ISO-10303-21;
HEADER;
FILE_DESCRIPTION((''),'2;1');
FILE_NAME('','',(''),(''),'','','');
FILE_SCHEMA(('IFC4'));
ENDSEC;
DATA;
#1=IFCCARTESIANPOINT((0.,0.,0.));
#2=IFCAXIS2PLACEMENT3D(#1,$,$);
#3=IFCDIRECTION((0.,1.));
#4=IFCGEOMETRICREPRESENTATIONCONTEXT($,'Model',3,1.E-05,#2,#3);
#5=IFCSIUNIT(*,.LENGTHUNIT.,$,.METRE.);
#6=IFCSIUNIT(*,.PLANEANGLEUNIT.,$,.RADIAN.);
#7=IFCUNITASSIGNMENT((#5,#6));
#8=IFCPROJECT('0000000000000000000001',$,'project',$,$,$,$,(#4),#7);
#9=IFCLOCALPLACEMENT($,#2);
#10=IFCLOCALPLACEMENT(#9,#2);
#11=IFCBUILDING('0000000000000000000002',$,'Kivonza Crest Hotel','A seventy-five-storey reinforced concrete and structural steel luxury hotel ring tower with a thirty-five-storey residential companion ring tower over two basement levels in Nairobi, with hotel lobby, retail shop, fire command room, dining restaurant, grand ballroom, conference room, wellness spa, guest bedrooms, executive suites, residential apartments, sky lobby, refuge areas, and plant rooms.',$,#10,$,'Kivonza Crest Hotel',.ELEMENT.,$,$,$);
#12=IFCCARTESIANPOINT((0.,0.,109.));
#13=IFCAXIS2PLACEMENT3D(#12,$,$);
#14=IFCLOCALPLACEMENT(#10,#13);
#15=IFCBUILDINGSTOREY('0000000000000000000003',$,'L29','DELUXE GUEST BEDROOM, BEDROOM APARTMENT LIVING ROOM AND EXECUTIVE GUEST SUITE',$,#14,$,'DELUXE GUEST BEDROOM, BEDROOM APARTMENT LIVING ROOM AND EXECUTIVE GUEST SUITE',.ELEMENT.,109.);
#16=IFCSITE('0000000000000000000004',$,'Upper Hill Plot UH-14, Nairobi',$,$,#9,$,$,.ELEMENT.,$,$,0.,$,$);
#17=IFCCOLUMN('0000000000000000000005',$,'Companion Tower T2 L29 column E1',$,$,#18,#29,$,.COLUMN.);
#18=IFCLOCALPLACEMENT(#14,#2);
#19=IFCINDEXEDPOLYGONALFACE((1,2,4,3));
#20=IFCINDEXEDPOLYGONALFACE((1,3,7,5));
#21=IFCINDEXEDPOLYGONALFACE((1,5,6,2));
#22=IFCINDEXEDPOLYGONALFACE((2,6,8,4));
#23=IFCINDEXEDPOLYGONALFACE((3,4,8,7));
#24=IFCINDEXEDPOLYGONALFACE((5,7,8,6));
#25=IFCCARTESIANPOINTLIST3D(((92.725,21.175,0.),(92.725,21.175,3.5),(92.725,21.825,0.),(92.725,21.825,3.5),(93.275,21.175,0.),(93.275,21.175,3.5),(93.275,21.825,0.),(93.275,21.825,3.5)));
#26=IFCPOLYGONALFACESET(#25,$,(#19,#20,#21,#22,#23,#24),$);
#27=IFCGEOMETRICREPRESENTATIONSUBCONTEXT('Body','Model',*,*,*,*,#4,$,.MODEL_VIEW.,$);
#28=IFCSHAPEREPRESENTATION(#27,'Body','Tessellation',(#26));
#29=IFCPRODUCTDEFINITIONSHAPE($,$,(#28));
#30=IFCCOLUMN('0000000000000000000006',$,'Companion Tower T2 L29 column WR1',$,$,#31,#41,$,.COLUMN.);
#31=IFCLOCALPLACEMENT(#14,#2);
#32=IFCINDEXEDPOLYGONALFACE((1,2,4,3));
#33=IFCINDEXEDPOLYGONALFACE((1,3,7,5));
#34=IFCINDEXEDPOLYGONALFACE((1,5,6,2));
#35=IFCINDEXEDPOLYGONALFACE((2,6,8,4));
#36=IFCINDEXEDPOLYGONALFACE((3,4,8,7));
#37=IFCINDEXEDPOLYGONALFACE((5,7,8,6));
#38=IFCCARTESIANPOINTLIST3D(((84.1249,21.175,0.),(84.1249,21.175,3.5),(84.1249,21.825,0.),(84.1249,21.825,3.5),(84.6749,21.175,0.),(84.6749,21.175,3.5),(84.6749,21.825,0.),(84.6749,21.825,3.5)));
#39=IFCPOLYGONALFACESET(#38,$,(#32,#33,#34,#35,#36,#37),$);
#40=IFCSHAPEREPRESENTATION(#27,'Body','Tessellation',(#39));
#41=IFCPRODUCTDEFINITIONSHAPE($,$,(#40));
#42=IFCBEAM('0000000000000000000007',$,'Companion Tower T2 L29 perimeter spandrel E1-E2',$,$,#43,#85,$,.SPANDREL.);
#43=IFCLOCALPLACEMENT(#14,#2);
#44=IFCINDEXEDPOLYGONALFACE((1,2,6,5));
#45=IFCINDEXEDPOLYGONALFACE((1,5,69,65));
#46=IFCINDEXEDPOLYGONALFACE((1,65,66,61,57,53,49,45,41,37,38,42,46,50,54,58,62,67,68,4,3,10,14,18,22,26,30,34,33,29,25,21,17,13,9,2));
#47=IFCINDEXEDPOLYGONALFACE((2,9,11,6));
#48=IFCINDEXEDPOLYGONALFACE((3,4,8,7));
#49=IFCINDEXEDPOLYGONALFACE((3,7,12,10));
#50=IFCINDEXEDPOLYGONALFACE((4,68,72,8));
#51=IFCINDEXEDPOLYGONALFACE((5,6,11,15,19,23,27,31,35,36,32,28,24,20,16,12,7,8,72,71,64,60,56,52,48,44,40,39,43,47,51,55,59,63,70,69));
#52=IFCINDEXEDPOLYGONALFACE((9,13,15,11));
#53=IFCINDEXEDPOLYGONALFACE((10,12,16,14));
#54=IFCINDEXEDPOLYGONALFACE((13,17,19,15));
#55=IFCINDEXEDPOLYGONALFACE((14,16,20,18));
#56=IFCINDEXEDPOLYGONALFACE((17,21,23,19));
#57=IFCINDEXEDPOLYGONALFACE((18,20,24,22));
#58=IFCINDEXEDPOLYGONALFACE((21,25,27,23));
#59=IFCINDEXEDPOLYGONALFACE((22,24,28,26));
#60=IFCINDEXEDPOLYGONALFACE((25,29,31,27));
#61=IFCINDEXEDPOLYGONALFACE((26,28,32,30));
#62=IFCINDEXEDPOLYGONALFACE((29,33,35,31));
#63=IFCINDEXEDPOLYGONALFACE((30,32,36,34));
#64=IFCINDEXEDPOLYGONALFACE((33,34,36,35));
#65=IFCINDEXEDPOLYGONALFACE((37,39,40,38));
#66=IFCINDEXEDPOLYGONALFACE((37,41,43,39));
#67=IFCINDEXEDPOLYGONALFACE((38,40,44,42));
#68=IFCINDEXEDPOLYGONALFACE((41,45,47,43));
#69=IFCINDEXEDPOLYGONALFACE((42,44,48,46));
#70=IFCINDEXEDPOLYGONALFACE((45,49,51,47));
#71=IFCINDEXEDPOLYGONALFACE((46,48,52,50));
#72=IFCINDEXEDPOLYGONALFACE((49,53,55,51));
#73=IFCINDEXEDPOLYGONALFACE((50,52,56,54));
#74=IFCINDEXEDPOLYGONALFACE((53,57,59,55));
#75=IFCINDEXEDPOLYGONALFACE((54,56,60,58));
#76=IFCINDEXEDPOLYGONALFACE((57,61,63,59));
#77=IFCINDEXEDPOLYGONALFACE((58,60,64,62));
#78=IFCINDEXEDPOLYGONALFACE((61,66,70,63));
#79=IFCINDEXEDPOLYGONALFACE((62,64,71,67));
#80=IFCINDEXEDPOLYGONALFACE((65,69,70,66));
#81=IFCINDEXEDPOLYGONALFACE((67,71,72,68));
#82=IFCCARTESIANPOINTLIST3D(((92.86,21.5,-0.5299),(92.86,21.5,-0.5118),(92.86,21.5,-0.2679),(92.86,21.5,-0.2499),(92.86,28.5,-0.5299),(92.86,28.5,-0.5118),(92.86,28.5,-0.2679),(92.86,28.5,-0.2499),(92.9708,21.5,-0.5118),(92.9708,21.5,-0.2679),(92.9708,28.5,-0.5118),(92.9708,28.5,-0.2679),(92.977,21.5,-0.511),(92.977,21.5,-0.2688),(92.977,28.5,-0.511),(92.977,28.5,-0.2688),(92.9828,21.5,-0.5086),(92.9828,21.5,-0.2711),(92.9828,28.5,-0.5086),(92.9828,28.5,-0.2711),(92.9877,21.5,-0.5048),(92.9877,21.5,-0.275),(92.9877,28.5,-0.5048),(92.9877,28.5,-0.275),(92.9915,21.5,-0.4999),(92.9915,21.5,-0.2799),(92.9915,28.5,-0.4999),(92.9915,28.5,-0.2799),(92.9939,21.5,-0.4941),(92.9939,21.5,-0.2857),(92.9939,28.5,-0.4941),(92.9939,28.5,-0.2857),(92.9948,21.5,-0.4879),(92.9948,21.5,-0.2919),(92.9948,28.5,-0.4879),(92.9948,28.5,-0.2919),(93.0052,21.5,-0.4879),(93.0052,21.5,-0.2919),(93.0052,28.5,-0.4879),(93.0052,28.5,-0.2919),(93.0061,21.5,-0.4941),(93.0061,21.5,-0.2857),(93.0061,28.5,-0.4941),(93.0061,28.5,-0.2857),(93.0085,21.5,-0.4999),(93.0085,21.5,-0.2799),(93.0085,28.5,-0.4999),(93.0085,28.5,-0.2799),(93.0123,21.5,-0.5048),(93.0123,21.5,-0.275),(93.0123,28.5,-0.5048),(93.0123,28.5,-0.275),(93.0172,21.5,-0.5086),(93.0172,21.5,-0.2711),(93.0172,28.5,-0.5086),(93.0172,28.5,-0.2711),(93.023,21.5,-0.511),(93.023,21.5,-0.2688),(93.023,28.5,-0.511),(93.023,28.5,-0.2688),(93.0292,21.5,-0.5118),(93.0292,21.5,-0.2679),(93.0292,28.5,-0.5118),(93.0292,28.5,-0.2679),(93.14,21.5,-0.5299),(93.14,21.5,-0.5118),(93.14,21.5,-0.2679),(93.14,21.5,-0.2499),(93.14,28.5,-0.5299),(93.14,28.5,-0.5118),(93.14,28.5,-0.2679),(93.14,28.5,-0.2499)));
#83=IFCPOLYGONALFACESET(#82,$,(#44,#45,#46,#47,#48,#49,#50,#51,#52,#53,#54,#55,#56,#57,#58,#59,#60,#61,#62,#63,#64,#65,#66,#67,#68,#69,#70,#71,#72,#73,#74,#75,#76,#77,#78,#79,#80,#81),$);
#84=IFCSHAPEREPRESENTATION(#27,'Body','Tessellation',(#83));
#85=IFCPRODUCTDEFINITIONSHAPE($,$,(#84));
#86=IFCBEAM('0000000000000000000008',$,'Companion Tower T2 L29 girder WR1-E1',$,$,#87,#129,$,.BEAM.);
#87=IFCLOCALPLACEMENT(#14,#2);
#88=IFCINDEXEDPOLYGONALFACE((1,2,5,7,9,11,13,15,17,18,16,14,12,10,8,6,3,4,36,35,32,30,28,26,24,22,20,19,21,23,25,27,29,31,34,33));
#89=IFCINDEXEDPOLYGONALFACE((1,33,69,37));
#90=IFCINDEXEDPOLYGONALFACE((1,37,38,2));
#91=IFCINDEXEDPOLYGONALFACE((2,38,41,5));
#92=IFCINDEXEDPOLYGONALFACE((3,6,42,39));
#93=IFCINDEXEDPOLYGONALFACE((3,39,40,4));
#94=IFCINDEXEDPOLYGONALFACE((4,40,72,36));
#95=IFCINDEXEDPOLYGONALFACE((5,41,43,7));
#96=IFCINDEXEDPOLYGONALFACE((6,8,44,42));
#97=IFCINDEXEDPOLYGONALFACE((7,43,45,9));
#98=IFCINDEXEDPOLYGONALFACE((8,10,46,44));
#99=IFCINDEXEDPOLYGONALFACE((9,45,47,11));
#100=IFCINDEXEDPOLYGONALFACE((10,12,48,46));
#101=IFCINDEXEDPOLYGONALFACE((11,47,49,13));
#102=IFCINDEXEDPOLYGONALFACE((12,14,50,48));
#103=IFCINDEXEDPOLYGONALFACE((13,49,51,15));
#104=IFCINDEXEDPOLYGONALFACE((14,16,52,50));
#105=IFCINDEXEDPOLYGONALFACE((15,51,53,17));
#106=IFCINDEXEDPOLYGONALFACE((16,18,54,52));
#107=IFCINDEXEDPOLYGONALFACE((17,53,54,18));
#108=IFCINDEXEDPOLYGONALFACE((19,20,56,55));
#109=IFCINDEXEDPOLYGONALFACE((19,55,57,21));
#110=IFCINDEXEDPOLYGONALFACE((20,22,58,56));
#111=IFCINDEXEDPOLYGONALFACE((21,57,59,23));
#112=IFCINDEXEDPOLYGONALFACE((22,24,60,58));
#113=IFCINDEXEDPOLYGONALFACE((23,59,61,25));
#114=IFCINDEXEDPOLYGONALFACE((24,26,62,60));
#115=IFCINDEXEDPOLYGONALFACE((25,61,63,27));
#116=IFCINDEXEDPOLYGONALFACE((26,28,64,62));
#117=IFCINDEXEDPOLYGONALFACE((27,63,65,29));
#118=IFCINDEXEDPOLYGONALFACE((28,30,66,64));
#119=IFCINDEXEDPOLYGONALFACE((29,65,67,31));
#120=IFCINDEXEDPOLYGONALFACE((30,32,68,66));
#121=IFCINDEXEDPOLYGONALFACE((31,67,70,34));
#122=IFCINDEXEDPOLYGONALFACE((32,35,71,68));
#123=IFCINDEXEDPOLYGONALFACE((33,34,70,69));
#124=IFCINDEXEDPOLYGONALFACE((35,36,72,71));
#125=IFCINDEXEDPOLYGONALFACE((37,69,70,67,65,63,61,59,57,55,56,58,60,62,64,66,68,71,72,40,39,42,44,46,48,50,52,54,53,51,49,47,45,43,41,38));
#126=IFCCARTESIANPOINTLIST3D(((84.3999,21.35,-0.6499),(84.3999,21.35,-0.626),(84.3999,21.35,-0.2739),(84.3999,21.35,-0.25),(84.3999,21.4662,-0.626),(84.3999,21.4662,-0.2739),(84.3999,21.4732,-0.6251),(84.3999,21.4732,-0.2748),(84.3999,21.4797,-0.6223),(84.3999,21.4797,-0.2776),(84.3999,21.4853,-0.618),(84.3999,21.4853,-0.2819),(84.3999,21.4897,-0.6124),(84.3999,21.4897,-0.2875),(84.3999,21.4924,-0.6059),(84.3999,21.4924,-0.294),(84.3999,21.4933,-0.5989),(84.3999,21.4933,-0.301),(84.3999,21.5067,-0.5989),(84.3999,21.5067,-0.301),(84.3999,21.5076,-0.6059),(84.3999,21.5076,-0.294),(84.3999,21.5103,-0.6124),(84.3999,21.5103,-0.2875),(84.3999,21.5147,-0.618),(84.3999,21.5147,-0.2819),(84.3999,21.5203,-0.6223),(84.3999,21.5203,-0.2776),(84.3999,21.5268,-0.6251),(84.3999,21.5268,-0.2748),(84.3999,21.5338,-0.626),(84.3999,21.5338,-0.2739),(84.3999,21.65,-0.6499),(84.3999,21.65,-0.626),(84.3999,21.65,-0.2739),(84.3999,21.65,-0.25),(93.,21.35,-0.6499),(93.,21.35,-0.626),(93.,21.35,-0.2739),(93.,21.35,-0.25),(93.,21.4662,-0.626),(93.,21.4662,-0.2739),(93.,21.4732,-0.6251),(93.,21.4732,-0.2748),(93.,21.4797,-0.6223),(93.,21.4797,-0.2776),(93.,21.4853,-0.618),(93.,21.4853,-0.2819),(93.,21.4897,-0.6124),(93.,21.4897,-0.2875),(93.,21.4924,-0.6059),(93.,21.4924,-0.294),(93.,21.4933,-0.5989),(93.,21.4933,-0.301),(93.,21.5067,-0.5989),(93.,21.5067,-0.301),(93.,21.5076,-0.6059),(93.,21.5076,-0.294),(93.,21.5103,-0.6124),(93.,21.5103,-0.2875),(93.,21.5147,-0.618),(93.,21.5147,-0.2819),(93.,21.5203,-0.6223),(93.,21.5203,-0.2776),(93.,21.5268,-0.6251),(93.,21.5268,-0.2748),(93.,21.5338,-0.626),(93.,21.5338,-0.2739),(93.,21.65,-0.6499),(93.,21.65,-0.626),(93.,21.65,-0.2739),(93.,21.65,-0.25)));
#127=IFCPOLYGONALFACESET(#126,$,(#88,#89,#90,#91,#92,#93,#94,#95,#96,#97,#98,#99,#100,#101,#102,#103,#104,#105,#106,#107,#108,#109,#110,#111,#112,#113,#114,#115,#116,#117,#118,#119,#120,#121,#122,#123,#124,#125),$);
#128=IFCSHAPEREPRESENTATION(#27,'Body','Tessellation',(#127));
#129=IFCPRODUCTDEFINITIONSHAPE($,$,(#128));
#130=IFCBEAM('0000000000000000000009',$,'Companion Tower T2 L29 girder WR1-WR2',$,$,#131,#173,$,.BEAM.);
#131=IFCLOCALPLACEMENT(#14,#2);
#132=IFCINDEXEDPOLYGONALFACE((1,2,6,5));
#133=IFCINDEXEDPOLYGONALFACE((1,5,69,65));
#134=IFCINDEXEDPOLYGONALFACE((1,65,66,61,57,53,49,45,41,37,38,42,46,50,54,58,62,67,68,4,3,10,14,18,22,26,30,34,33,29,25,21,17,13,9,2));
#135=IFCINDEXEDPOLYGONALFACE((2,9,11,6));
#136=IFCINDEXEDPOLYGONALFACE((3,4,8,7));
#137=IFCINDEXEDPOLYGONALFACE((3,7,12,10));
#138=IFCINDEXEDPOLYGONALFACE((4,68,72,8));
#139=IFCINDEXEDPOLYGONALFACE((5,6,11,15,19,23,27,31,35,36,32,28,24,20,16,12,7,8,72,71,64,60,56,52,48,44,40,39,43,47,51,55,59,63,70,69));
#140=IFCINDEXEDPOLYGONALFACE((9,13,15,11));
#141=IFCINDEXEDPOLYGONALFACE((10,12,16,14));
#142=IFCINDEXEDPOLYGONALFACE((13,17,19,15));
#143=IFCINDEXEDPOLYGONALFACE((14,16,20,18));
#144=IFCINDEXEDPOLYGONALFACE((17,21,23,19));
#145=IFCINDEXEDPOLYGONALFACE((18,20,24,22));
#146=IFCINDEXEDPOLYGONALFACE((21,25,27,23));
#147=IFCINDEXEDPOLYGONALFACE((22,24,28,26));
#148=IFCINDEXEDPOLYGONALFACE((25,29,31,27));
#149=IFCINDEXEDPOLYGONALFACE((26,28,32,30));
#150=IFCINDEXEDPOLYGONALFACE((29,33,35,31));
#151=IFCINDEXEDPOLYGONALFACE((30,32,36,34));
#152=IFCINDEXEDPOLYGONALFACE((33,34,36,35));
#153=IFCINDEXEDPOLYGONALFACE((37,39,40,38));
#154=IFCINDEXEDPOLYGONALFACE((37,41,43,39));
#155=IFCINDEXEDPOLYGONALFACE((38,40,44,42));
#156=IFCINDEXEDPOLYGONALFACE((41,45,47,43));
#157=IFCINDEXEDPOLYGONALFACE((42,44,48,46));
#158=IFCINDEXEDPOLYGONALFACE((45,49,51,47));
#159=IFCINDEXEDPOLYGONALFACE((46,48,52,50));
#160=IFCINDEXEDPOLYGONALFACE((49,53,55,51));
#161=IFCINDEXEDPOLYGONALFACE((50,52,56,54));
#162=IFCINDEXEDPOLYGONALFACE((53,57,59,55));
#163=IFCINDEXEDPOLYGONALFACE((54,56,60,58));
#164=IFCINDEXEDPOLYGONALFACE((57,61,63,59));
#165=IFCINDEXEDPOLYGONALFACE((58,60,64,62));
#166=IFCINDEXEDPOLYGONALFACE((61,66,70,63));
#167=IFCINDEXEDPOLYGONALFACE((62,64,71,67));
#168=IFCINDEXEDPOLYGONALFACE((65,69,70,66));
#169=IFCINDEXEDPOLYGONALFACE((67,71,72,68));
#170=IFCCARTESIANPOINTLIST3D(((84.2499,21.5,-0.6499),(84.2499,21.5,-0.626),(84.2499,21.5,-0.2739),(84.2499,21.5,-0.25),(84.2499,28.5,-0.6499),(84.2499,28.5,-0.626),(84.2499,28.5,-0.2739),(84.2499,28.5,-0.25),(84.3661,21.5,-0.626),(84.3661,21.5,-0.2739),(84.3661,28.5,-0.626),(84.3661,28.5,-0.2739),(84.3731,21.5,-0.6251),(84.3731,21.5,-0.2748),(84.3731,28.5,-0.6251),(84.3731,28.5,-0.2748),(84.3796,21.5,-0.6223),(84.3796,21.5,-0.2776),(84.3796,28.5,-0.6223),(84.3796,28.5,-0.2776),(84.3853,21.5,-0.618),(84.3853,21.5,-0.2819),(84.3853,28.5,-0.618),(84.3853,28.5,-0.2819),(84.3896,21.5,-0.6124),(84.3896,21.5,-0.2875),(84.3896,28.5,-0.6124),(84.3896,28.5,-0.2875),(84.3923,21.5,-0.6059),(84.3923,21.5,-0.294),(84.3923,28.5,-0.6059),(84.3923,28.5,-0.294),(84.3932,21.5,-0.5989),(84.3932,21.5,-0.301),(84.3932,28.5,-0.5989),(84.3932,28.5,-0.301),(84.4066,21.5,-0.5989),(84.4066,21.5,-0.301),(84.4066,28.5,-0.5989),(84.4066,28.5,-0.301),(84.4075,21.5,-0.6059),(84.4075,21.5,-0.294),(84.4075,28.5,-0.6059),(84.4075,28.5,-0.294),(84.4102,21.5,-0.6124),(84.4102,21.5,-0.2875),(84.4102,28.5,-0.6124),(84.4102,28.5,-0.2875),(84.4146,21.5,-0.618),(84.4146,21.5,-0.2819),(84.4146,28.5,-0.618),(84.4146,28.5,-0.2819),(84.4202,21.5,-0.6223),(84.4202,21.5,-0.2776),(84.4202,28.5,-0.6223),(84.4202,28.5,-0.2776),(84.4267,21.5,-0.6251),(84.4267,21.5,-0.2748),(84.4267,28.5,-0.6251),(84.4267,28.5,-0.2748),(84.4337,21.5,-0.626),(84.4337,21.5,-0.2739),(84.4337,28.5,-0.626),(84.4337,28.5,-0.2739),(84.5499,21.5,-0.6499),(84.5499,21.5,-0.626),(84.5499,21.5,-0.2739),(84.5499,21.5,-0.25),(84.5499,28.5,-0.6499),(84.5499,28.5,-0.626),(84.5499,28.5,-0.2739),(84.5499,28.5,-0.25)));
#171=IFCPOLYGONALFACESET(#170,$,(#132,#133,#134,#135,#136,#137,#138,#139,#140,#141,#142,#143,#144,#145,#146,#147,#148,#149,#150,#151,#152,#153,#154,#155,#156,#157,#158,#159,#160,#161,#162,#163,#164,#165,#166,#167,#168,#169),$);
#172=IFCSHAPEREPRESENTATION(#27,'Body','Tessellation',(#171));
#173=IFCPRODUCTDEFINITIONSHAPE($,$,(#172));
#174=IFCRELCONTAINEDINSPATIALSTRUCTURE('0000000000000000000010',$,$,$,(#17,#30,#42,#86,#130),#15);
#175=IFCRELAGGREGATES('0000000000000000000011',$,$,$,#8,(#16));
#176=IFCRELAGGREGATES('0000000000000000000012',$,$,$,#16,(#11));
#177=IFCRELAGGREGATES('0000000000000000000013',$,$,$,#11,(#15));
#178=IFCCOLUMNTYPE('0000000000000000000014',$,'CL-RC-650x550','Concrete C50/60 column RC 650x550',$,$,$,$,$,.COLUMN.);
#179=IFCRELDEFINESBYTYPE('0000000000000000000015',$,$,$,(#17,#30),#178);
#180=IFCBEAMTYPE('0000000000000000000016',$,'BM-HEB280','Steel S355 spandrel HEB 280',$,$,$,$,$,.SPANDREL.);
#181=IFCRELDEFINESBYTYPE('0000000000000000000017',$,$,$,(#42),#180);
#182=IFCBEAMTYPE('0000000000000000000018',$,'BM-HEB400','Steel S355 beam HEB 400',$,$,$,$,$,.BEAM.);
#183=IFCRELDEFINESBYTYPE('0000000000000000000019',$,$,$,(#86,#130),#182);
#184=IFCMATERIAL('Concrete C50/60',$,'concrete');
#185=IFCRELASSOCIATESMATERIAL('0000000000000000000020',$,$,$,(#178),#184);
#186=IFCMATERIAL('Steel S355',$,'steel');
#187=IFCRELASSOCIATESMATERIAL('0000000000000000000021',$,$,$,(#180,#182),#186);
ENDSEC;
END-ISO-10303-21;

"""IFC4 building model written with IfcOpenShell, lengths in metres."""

from ifc_helpers import new_model, si_unit, direction, frame, origin, origin_2d, place, context, subcontext, project, spatial, rectangle, i_section, extrude, material, material_profile, profile_set, type_object, element, save


model = new_model("IFC4")

# Units and contexts
model_context = context("Model", 3, precision=1e-05, world=origin(), true_north=direction((0.0, 1.0)))
body_context = subcontext(model_context, "Body", "Model", "MODEL_VIEW")
ifc_project = project(units=[si_unit("LENGTHUNIT", "METRE"), si_unit("PLANEANGLEUNIT", "RADIAN")], contexts=[model_context])

# Site, building, storey
site_placement = place(None, origin())
site = spatial("IfcSite", under=ifc_project, at=site_placement, Name="Upper Hill Plot UH-14, Nairobi", CompositionType="ELEMENT", RefElevation=0.0)
building_placement = place(site_placement, origin())
building = spatial("IfcBuilding", under=site, at=building_placement, Name="Kivonza Crest Hotel", Description="A seventy-five-storey reinforced concrete and structural steel luxury hotel ring tower with a thirty-five-storey residential companion ring tower over two basement levels in Nairobi, with hotel lobby, retail shop, fire command room, dining restaurant, grand ballroom, conference room, wellness spa, guest bedrooms, executive suites, residential apartments, sky lobby, refuge areas, and plant rooms.", LongName="Kivonza Crest Hotel", CompositionType="ELEMENT")
storey_placement = place(building_placement, frame((0.0, 0.0, 109.0)))
storey = spatial("IfcBuildingStorey", under=building, at=storey_placement, Name="L29", Description="DELUXE GUEST BEDROOM, BEDROOM APARTMENT LIVING ROOM AND EXECUTIVE GUEST SUITE", LongName="DELUXE GUEST BEDROOM, BEDROOM APARTMENT LIVING ROOM AND EXECUTIVE GUEST SUITE", CompositionType="ELEMENT", Elevation=109.0)

# Columns
ifc_material_1 = material(Name="Concrete C50/60", Category="concrete")
ifc_material_profile_1 = material_profile(ifc_material_1, rectangle(XDim=0.55, YDim=0.6499, at=origin_2d()), Name="RC 650x550")
ifc_profile_set_1 = profile_set([ifc_material_profile_1], Name="Concrete C50/60")
column_type = type_object("IfcColumnType", Name="CL-RC-650x550", Description="Concrete C50/60 column RC 650x550", PredefinedType="COLUMN", material=ifc_profile_set_1)
for number, where, z_axis, x_axis, name in (
    (1, (93.0, 21.5, 0.0), (0.0, 0.0, 1.0), (1.0, 0.0, 0.0), "Companion Tower T2 L29 column E1"),
    (2, (84.3999, 21.5, 0.0), (0.0, 0.0, 1.0), (1.0, 0.0, 0.0), "Companion Tower T2 L29 column WR1"),
):
    element("IfcColumn", number, at=place(storey_placement, frame(where, z_axis=z_axis, x_axis=x_axis)), inside=storey, type_object=column_type, Name=name, PredefinedType="COLUMN", context=body_context, shape_type="SweptSolid", body=[
        extrude(rectangle(XDim=0.55, YDim=0.6499, at=origin_2d()), origin(), (0.0, 0.0, 1.0), 3.5),
    ])

# Beams
ifc_material_2 = material(Name="Steel S355", Category="steel")
ifc_material_profile_2 = material_profile(ifc_material_2, i_section(OverallWidth=0.28, OverallDepth=0.28, WebThickness=0.0105, FlangeThickness=0.0181, FilletRadius=0.0239, at=origin_2d()), Name="HEB 280")
ifc_profile_set_2 = profile_set([ifc_material_profile_2], Name="Steel S355")
beam_type_1 = type_object("IfcBeamType", Name="BM-HEB280", Description="Steel S355 spandrel HEB 280", PredefinedType="SPANDREL", material=ifc_profile_set_2)
beam_1_placement = place(storey_placement, frame((93.0, 21.5, -0.3899), z_axis=(0.0, 1.0, 0.0), x_axis=(-1.0, 0.0, 0.0)))
element("IfcBeam", 3, at=beam_1_placement, inside=storey, type_object=beam_type_1, Name="Companion Tower T2 L29 perimeter spandrel E1-E2", PredefinedType="SPANDREL", context=body_context, shape_type="SweptSolid", body=[
    extrude(i_section(OverallWidth=0.28, OverallDepth=0.28, WebThickness=0.0105, FlangeThickness=0.0181, FilletRadius=0.0239, at=origin_2d()), origin(), (0.0, 0.0, 1.0), 7.0),
])
ifc_material_profile_3 = material_profile(ifc_material_2, i_section(OverallWidth=0.3, OverallDepth=0.3999, WebThickness=0.0134, FlangeThickness=0.0239, FilletRadius=0.0271, at=origin_2d()), Name="HEB 400")
ifc_profile_set_3 = profile_set([ifc_material_profile_3], Name="Steel S355")
beam_type_2 = type_object("IfcBeamType", Name="BM-HEB400", Description="Steel S355 beam HEB 400", PredefinedType="BEAM", material=ifc_profile_set_3)
beam_2_placement = place(storey_placement, frame((84.3999, 21.5, -0.45), z_axis=(1.0, 0.0, 0.0), x_axis=(0.0, 1.0, 0.0)))
element("IfcBeam", 4, at=beam_2_placement, inside=storey, type_object=beam_type_2, Name="Companion Tower T2 L29 girder WR1-E1", PredefinedType="BEAM", context=body_context, shape_type="SweptSolid", body=[
    extrude(i_section(OverallWidth=0.3, OverallDepth=0.3999, WebThickness=0.0134, FlangeThickness=0.0239, FilletRadius=0.0271, at=origin_2d()), origin(), (0.0, 0.0, 1.0), 8.6001),
])
beam_3_placement = place(storey_placement, frame((84.3999, 21.5, -0.45), z_axis=(0.0, 1.0, 0.0), x_axis=(-1.0, 0.0, 0.0)))
element("IfcBeam", 5, at=beam_3_placement, inside=storey, type_object=beam_type_2, Name="Companion Tower T2 L29 girder WR1-WR2", PredefinedType="BEAM", context=body_context, shape_type="SweptSolid", body=[
    extrude(i_section(OverallWidth=0.3, OverallDepth=0.3999, WebThickness=0.0134, FlangeThickness=0.0239, FilletRadius=0.0271, at=origin_2d()), origin(), (0.0, 0.0, 1.0), 7.0),
])

save(model, "model.ifc")
